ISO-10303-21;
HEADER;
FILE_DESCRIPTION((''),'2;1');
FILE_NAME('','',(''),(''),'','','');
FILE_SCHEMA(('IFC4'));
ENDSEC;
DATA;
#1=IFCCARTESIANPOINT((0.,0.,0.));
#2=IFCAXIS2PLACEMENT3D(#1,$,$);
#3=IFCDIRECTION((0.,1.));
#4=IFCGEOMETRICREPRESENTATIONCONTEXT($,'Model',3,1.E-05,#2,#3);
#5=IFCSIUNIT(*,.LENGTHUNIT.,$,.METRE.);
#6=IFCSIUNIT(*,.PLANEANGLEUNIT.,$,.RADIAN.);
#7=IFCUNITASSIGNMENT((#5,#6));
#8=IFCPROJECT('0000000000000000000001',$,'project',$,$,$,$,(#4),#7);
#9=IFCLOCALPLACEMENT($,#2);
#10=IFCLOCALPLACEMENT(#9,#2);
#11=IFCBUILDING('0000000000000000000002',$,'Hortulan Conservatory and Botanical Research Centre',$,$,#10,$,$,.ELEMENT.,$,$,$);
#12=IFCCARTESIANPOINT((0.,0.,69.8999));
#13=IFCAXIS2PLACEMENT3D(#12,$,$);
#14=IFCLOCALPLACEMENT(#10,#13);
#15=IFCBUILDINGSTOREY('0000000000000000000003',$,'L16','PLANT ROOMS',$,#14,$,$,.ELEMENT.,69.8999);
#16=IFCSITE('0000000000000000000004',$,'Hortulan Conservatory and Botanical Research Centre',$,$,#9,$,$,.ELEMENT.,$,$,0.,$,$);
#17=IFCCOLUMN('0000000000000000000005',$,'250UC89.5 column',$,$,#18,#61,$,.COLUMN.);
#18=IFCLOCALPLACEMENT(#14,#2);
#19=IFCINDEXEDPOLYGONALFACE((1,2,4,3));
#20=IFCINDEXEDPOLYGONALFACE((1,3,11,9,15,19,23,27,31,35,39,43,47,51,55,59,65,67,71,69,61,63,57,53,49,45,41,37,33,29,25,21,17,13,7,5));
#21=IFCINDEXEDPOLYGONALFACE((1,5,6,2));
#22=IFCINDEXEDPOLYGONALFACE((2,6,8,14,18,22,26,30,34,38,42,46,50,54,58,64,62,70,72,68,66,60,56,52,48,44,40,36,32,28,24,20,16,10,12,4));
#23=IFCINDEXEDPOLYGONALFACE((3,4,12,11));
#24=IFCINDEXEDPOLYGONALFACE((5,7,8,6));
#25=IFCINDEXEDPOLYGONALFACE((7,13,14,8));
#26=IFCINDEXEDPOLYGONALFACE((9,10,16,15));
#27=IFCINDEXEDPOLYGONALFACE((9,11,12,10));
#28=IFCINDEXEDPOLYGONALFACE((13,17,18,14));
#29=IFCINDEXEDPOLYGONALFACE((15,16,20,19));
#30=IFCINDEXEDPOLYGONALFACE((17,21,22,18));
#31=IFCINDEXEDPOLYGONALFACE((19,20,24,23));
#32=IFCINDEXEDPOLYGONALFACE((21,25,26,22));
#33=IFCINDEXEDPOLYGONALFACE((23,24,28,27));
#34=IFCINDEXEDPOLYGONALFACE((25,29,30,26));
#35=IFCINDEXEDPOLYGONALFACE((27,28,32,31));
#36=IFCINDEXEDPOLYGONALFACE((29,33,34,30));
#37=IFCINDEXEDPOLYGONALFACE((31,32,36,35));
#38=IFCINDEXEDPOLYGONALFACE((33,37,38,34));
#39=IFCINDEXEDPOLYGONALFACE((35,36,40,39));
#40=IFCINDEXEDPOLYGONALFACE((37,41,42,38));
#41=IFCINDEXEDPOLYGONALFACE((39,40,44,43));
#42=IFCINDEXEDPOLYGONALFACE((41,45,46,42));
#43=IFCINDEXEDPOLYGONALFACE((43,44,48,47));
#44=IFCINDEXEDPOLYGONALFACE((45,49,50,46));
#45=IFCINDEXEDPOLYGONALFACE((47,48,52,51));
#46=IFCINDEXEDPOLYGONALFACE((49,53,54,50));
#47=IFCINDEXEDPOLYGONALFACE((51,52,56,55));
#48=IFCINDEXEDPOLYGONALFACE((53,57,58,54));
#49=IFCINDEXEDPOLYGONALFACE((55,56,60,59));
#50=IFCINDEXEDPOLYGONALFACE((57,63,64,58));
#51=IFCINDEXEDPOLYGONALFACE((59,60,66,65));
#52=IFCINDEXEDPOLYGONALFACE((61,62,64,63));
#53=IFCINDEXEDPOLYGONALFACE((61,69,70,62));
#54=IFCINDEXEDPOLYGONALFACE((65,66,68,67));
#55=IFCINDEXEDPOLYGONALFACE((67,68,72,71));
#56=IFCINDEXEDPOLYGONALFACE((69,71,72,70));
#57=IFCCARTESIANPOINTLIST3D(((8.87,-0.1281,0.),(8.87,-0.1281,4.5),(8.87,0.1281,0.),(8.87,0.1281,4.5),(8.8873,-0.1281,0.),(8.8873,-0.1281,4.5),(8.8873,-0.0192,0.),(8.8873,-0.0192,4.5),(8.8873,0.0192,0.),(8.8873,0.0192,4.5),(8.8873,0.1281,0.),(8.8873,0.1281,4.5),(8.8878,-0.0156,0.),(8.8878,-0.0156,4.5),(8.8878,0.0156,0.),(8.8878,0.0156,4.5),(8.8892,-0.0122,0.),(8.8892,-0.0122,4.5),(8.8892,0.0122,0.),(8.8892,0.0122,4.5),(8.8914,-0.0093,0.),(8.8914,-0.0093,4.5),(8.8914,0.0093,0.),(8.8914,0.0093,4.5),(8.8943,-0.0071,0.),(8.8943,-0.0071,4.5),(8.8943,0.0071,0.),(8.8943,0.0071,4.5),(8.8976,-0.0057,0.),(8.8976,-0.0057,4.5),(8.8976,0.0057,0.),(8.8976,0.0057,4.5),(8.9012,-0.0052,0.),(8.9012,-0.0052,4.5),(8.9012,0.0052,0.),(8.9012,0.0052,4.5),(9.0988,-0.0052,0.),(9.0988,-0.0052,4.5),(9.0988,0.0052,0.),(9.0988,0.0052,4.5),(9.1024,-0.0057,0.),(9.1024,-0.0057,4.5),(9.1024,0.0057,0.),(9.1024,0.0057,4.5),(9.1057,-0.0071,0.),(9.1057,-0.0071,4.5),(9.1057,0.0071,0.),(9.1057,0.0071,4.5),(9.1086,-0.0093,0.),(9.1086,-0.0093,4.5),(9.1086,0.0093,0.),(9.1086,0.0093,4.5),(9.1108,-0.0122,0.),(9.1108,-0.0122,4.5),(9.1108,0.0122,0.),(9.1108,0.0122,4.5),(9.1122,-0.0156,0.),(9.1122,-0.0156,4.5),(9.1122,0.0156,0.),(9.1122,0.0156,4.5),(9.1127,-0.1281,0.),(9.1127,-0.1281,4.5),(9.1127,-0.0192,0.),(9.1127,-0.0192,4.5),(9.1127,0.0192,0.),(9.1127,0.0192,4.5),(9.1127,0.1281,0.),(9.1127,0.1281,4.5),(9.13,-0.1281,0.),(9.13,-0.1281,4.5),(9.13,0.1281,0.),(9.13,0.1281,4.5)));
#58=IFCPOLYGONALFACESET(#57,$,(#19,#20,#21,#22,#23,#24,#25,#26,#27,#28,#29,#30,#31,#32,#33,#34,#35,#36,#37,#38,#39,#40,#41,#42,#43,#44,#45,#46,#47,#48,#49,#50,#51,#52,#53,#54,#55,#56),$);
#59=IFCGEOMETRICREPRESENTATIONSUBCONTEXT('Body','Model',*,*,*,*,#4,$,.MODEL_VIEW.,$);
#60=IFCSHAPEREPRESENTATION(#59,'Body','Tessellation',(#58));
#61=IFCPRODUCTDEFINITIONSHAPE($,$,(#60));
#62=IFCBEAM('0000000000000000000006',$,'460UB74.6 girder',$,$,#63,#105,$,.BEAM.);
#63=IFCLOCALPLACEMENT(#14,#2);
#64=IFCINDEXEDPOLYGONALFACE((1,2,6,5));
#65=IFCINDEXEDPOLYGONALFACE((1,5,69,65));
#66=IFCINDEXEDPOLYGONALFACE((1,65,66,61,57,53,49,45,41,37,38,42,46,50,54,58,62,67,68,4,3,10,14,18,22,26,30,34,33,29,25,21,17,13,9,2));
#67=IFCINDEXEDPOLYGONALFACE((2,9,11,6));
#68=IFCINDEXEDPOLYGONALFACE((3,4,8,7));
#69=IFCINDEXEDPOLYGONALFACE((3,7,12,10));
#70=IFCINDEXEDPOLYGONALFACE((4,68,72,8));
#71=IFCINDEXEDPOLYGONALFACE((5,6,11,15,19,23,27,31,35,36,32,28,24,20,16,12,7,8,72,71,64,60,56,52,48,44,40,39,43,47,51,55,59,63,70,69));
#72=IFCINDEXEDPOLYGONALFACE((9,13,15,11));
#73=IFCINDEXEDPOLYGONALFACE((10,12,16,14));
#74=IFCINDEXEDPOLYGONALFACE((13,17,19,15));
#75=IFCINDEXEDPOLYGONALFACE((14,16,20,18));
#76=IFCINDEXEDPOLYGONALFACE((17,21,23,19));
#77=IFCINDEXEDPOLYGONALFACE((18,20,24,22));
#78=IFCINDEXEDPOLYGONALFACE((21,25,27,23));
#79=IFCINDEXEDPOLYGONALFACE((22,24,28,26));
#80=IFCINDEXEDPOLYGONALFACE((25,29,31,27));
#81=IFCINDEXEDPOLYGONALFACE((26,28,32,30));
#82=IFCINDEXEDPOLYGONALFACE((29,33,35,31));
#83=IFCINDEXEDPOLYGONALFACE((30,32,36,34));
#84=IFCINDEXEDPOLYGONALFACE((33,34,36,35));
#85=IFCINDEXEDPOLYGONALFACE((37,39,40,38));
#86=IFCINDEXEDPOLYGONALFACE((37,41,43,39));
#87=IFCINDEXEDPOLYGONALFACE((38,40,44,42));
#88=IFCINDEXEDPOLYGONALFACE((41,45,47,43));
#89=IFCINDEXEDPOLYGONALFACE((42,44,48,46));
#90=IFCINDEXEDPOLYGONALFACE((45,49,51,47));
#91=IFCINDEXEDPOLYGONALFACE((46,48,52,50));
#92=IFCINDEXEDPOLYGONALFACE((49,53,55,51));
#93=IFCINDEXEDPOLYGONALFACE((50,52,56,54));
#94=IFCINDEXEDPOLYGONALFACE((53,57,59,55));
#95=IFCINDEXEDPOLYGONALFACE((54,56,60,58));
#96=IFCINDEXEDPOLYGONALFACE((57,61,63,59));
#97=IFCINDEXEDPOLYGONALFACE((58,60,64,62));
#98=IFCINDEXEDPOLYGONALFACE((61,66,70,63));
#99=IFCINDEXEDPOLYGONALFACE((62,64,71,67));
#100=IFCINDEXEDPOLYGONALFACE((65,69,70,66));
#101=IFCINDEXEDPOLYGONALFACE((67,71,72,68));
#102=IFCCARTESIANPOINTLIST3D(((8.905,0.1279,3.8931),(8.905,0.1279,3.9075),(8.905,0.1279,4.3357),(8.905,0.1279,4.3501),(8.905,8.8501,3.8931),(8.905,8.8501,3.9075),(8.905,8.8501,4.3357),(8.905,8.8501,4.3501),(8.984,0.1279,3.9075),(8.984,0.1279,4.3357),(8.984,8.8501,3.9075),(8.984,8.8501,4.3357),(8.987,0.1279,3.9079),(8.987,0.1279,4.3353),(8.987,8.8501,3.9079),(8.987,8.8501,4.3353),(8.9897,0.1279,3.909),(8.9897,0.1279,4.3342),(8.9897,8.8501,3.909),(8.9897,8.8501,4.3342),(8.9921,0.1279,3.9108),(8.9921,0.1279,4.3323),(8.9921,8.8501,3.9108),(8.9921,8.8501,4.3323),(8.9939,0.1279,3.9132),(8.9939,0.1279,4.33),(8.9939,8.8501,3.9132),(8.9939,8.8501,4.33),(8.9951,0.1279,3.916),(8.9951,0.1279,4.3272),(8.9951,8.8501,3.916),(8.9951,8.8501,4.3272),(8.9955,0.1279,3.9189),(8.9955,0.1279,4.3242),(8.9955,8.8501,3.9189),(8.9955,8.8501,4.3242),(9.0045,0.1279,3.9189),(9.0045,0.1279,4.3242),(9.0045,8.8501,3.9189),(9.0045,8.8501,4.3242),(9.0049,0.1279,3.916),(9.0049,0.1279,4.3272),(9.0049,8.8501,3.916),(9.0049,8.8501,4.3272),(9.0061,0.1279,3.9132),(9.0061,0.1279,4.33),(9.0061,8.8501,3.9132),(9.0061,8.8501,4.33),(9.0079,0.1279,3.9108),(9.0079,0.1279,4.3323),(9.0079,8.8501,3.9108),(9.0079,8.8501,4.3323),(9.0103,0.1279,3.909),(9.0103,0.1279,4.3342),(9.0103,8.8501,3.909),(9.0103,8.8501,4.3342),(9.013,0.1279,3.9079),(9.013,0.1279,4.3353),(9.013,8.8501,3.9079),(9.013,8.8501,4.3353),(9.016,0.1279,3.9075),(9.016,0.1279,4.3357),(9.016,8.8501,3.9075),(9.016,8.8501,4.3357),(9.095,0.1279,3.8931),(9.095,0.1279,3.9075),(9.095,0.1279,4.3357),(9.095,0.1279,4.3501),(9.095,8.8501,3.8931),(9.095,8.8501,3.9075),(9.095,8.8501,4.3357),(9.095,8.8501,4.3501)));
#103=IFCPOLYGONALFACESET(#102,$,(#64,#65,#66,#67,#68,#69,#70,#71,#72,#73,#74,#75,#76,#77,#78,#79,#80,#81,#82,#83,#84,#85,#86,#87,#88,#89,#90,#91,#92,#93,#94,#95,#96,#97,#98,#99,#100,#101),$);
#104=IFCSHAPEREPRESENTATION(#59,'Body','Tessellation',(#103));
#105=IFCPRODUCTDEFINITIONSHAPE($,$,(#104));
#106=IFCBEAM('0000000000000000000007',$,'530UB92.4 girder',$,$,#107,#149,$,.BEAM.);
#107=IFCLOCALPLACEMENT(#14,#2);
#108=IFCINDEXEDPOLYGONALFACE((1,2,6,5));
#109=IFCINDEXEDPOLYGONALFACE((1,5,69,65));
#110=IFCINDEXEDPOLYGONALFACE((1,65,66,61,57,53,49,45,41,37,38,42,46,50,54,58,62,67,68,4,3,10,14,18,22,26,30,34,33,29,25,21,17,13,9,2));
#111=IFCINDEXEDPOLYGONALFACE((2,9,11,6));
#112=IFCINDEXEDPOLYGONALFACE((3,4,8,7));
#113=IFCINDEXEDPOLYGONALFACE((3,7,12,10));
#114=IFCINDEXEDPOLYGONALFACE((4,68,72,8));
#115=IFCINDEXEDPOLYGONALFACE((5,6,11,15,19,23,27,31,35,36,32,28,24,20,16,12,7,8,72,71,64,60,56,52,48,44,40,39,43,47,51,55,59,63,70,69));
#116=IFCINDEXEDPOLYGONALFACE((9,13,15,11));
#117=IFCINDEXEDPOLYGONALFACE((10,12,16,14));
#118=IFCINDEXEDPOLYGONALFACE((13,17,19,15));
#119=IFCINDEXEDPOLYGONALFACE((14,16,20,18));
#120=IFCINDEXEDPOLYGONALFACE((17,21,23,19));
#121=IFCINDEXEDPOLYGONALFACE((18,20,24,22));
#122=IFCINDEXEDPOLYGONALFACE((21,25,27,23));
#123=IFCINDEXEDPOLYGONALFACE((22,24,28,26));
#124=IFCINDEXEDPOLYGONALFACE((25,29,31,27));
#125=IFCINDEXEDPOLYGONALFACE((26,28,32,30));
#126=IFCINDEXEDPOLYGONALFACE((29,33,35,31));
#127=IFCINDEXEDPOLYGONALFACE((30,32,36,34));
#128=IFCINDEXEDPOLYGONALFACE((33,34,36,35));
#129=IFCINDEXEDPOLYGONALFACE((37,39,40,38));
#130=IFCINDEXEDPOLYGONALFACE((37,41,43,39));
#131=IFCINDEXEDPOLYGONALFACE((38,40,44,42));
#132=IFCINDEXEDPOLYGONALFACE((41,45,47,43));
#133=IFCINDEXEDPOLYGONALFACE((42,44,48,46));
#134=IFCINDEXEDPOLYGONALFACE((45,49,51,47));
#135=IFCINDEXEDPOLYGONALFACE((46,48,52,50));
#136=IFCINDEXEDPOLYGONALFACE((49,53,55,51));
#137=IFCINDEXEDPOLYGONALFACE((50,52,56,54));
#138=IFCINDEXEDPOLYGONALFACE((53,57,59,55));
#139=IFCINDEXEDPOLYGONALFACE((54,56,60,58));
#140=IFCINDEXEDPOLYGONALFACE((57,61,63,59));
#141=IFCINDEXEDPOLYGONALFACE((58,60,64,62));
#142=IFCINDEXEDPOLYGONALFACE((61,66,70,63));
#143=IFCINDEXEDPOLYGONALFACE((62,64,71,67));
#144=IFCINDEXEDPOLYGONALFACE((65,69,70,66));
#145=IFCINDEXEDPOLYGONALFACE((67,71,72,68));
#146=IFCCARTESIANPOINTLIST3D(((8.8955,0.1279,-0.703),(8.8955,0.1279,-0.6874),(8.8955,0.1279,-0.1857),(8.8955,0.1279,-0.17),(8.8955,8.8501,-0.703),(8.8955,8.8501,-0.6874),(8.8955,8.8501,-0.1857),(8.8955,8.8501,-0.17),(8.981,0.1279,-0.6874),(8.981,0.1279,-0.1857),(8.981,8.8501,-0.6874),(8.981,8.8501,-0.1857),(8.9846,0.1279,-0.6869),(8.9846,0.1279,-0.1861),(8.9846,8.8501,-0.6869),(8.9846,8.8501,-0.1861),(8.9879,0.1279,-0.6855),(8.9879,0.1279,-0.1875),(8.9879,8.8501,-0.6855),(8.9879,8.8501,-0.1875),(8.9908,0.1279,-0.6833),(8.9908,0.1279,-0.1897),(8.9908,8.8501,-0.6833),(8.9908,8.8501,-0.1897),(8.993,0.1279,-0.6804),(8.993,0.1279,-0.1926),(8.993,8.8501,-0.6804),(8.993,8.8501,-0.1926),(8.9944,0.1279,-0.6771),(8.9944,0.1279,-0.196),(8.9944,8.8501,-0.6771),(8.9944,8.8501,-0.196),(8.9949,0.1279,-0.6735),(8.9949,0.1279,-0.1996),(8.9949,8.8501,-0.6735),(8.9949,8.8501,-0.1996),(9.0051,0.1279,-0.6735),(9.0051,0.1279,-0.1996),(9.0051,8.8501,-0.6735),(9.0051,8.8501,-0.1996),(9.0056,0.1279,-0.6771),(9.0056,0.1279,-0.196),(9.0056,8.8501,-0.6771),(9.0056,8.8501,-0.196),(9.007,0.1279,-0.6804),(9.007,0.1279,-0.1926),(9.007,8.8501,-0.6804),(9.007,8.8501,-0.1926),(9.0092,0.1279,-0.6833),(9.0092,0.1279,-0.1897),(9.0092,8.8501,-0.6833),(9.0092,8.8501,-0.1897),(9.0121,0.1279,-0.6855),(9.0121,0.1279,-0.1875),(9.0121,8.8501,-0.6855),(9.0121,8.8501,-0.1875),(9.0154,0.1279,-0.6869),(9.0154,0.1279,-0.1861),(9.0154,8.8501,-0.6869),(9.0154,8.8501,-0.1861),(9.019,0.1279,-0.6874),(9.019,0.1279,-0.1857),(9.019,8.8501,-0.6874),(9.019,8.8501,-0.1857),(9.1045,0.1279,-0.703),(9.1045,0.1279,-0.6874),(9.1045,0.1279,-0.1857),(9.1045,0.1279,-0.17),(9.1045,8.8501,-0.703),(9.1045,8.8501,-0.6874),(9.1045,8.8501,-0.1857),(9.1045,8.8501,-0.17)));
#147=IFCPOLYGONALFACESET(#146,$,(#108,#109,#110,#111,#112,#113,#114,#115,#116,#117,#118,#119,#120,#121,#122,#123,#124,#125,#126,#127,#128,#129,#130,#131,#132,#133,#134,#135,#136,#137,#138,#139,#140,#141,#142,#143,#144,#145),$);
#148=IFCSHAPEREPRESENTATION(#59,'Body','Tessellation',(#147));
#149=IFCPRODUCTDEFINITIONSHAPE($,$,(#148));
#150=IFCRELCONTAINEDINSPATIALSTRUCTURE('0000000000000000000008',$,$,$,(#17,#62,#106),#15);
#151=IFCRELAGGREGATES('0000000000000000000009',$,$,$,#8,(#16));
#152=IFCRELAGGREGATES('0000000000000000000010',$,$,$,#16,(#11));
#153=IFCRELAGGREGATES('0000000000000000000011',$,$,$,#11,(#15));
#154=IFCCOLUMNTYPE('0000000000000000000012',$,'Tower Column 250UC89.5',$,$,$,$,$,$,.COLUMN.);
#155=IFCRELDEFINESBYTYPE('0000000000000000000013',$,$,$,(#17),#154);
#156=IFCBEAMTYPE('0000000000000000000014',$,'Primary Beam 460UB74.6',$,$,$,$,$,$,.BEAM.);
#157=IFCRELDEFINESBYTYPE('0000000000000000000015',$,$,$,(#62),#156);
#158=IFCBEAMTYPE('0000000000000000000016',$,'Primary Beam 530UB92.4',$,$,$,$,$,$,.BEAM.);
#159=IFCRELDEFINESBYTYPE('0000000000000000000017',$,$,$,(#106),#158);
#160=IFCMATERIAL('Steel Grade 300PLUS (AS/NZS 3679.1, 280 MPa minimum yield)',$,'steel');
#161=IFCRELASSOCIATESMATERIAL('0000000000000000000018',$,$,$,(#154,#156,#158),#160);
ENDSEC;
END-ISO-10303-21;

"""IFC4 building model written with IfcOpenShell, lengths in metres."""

from ifc_helpers import new_model, si_unit, direction, frame, origin, origin_2d, place, context, subcontext, project, spatial, i_section, extrude, material, material_profile, profile_set, type_object, element, save


model = new_model("IFC4")

# Units and contexts
model_context = context("Model", 3, precision=1e-05, world=origin(), true_north=direction((0.0, 1.0)))
body_context = subcontext(model_context, "Body", "Model", "MODEL_VIEW")
ifc_project = project(units=[si_unit("LENGTHUNIT", "METRE"), si_unit("PLANEANGLEUNIT", "RADIAN")], contexts=[model_context])

# Site, building, storey
site_placement = place(None, origin())
site = spatial("IfcSite", under=ifc_project, at=site_placement, Name="Hortulan Conservatory and Botanical Research Centre", CompositionType="ELEMENT", RefElevation=0.0)
building_placement = place(site_placement, origin())
building = spatial("IfcBuilding", under=site, at=building_placement, Name="Hortulan Conservatory and Botanical Research Centre", CompositionType="ELEMENT")
storey_placement = place(building_placement, frame((0.0, 0.0, 69.8999)))
storey = spatial("IfcBuildingStorey", under=building, at=storey_placement, Name="L16", Description="PLANT ROOMS", CompositionType="ELEMENT", Elevation=69.8999)

# Column
ifc_material_1 = material(Name="Steel Grade 300PLUS (AS/NZS 3679.1, 280 MPa minimum yield)", Category="steel")
ifc_material_profile_1 = material_profile(ifc_material_1, i_section(OverallWidth=0.2561, OverallDepth=0.26, WebThickness=0.0105, FlangeThickness=0.0173, FilletRadius=0.0139, at=origin_2d()), Name="250UC89.5")
ifc_profile_set_1 = profile_set([ifc_material_profile_1], Name="Steel Grade 300PLUS (AS/NZS 3679.1, 280 MPa minimum yield)")
column_type = type_object("IfcColumnType", Name="Tower Column 250UC89.5", PredefinedType="COLUMN", material=ifc_profile_set_1)
column_placement = place(storey_placement, frame((9.0, 0.0, 0.0), z_axis=(0.0, 0.0, 1.0), x_axis=(0.0, 1.0, 0.0)))
element("IfcColumn", 1, at=column_placement, inside=storey, type_object=column_type, Name="250UC89.5 column", PredefinedType="COLUMN", context=body_context, shape_type="SweptSolid", body=[
    extrude(i_section(OverallWidth=0.2561, OverallDepth=0.26, WebThickness=0.0105, FlangeThickness=0.0173, FilletRadius=0.0139, at=origin_2d()), origin(), (0.0, 0.0, 1.0), 4.5),
])

# Beams
ifc_material_profile_2 = material_profile(ifc_material_1, i_section(OverallWidth=0.1899, OverallDepth=0.457, WebThickness=0.009, FlangeThickness=0.0144, FilletRadius=0.0115, at=origin_2d()), Name="460UB74.6")
ifc_profile_set_2 = profile_set([ifc_material_profile_2], Name="Steel Grade 300PLUS (AS/NZS 3679.1, 280 MPa minimum yield)")
beam_type_1 = type_object("IfcBeamType", Name="Primary Beam 460UB74.6", PredefinedType="BEAM", material=ifc_profile_set_2)
beam_1_placement = place(storey_placement, frame((9.0, 0.1279, 4.1216), z_axis=(0.0, 1.0, 0.0), x_axis=(-1.0, 0.0, 0.0)))
element("IfcBeam", 2, at=beam_1_placement, inside=storey, type_object=beam_type_1, Name="460UB74.6 girder", PredefinedType="BEAM", context=body_context, shape_type="SweptSolid", body=[
    extrude(i_section(OverallWidth=0.1899, OverallDepth=0.457, WebThickness=0.009, FlangeThickness=0.0144, FilletRadius=0.0115, at=origin_2d()), origin(), (0.0, 0.0, 1.0), 8.7222),
])
ifc_material_profile_3 = material_profile(ifc_material_1, i_section(OverallWidth=0.209, OverallDepth=0.533, WebThickness=0.0103, FlangeThickness=0.0156, FilletRadius=0.0139, at=origin_2d()), Name="530UB92.4")
ifc_profile_set_3 = profile_set([ifc_material_profile_3], Name="Steel Grade 300PLUS (AS/NZS 3679.1, 280 MPa minimum yield)")
beam_type_2 = type_object("IfcBeamType", Name="Primary Beam 530UB92.4", PredefinedType="BEAM", material=ifc_profile_set_3)
beam_2_placement = place(storey_placement, frame((9.0, 0.1279, -0.4365), z_axis=(0.0, 1.0, 0.0), x_axis=(-1.0, 0.0, 0.0)))
element("IfcBeam", 3, at=beam_2_placement, inside=storey, type_object=beam_type_2, Name="530UB92.4 girder", PredefinedType="BEAM", context=body_context, shape_type="SweptSolid", body=[
    extrude(i_section(OverallWidth=0.209, OverallDepth=0.533, WebThickness=0.0103, FlangeThickness=0.0156, FilletRadius=0.0139, at=origin_2d()), origin(), (0.0, 0.0, 1.0), 8.7222),
])

save(model, "model.ifc")
